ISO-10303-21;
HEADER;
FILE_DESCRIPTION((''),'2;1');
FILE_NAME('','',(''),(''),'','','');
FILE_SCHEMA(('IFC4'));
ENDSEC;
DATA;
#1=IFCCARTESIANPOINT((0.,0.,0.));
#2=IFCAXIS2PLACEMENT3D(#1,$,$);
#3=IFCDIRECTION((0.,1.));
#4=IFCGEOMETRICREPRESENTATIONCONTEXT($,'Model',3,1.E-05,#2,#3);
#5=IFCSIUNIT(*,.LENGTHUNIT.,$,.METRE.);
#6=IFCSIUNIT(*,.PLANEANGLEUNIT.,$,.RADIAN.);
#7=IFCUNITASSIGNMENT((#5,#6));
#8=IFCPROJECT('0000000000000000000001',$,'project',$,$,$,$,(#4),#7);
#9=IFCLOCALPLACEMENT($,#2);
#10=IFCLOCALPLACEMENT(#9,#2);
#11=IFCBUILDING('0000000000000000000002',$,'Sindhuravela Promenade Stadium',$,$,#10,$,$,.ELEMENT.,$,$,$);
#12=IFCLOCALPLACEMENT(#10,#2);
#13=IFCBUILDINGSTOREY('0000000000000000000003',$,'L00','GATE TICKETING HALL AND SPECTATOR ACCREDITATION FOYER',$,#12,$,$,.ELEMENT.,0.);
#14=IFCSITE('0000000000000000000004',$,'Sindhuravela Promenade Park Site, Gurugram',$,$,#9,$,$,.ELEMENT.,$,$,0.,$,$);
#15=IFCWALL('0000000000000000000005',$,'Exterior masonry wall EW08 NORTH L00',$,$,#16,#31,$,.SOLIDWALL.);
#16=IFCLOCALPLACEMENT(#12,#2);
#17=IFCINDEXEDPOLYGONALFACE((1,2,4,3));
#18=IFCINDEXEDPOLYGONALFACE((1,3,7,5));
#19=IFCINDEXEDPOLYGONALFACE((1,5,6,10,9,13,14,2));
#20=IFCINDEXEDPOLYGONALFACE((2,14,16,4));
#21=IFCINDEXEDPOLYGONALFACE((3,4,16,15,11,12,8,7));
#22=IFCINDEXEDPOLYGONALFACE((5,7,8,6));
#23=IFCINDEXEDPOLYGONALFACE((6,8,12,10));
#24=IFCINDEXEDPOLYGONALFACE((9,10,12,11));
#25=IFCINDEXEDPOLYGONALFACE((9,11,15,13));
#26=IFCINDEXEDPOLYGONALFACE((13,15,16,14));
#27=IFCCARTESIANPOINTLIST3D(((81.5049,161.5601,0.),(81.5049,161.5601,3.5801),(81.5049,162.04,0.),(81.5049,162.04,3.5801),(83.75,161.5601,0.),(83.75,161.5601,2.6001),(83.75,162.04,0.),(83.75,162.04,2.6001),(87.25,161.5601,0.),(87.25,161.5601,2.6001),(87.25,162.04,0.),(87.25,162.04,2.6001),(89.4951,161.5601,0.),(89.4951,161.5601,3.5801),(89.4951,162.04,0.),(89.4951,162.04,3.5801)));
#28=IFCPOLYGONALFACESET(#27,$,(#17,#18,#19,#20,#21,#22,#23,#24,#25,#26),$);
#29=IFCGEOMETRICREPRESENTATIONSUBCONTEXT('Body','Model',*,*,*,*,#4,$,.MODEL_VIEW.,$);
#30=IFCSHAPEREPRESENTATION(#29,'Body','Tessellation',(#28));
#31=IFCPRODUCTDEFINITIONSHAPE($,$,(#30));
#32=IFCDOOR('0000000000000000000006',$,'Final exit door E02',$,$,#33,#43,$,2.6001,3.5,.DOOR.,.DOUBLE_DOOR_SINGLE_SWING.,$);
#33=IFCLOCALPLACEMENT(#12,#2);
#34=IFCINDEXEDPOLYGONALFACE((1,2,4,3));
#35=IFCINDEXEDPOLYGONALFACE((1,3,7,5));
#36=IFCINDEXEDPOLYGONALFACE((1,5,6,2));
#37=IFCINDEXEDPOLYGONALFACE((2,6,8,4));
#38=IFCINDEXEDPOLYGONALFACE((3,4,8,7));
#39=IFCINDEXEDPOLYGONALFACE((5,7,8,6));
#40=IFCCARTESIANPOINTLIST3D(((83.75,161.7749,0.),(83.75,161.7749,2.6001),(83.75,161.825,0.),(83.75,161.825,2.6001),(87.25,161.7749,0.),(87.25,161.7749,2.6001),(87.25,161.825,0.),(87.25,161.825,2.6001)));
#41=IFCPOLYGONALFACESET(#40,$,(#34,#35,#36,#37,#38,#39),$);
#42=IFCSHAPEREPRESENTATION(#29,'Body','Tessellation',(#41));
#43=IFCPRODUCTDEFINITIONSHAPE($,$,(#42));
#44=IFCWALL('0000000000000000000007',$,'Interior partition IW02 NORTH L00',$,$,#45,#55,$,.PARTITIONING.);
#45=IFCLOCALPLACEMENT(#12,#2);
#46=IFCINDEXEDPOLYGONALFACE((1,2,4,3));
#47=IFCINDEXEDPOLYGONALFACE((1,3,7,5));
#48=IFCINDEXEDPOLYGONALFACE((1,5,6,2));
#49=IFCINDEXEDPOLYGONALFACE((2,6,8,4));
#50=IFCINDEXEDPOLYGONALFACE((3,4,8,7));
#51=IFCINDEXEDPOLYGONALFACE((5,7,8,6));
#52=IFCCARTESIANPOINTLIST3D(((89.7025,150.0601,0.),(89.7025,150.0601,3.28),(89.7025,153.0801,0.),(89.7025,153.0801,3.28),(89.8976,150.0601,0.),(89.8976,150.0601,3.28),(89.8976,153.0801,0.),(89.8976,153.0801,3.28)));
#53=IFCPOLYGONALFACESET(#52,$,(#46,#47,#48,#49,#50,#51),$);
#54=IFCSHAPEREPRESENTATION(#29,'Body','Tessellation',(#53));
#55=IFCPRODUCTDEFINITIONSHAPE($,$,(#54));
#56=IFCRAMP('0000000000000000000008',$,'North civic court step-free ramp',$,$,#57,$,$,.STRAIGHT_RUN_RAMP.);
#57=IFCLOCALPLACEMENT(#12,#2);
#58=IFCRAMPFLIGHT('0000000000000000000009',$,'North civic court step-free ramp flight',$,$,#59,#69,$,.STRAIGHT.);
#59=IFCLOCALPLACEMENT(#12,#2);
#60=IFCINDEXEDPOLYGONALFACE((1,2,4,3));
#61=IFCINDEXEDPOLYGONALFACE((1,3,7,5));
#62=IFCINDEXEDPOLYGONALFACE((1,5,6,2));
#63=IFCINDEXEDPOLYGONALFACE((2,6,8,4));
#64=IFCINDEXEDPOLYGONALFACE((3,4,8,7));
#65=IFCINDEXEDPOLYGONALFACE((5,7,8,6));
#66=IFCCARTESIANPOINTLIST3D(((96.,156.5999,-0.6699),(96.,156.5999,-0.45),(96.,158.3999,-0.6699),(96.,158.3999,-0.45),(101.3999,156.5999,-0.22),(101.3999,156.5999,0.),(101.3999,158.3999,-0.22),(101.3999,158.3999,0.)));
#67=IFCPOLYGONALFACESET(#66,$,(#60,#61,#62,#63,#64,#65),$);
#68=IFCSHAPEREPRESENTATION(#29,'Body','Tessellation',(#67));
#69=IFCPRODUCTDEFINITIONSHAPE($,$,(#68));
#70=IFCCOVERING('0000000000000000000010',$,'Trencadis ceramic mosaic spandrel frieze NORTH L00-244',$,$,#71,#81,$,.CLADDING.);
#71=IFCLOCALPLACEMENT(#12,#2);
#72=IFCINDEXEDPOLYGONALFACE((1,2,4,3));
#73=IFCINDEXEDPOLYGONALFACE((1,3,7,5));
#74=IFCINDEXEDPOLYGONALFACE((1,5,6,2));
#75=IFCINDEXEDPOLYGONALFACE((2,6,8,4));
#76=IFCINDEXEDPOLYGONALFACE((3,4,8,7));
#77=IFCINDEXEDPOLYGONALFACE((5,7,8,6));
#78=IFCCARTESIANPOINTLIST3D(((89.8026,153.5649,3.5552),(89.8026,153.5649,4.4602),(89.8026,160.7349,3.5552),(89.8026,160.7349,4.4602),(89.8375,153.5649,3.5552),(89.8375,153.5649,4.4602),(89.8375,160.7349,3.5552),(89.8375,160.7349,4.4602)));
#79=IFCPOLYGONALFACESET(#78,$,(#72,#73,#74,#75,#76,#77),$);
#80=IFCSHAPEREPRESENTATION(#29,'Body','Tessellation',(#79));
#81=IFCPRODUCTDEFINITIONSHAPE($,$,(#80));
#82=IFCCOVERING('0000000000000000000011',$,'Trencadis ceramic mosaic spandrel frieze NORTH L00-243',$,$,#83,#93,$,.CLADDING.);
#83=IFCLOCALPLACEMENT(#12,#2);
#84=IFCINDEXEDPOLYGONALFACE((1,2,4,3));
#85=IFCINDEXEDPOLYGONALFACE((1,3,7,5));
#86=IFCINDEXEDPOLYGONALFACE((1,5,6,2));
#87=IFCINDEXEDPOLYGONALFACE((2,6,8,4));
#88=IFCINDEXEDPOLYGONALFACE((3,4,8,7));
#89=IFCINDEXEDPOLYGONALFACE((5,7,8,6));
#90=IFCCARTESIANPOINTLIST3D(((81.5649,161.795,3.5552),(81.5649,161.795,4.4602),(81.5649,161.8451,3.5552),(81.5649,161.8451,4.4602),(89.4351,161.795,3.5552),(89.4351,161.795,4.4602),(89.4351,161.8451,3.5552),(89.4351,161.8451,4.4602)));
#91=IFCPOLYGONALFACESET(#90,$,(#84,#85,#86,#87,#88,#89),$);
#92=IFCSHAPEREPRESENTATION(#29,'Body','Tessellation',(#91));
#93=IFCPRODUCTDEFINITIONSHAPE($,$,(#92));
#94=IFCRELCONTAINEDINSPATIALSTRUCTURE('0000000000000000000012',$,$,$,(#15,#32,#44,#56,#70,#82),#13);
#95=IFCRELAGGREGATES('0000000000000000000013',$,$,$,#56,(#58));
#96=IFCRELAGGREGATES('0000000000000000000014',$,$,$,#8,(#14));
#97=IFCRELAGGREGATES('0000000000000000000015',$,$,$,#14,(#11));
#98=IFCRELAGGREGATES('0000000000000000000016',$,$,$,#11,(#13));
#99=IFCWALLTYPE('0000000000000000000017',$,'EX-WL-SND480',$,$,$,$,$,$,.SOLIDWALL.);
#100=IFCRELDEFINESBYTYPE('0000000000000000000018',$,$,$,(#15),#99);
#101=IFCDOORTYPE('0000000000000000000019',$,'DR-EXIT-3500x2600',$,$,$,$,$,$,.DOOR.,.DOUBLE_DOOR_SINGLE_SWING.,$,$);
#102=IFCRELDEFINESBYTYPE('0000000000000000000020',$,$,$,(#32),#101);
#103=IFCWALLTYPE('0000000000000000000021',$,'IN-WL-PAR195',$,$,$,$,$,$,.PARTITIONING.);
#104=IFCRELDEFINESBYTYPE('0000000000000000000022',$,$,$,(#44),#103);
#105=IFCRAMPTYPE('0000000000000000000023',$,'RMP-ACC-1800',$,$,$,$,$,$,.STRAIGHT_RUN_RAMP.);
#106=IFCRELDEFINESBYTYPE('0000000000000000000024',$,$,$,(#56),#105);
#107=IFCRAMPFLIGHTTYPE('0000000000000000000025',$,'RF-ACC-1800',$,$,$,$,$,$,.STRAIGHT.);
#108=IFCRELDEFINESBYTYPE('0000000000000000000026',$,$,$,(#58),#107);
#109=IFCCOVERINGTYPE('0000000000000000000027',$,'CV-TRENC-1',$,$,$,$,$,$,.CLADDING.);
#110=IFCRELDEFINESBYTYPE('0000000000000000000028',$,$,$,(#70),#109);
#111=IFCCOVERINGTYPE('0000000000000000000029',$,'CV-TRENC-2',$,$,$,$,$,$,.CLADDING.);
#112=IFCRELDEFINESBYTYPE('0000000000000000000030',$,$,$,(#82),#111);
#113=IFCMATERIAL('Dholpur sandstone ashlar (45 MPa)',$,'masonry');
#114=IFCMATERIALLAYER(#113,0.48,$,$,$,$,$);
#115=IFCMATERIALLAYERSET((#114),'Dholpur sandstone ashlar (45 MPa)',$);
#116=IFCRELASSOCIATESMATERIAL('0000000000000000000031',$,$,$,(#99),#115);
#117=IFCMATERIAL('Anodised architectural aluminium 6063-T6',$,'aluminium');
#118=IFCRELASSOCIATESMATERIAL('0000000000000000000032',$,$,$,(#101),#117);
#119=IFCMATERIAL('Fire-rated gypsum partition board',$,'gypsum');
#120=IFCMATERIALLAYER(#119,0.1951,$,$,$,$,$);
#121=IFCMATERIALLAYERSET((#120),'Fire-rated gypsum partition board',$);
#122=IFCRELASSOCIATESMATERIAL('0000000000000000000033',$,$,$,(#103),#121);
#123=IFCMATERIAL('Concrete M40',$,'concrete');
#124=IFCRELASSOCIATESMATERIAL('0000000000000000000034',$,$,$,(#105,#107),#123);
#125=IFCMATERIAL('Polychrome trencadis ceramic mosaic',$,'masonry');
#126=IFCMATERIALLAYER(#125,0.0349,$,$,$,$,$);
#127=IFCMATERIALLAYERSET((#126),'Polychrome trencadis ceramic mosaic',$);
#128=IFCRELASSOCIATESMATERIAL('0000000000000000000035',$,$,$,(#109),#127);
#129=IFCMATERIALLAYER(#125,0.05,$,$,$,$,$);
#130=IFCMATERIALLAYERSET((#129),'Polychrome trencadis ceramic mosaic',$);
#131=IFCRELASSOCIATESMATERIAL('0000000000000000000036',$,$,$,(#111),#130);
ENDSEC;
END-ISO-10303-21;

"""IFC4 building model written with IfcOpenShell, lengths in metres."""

from ifc_helpers import new_model, si_unit, direction, frame, frame_2d, origin, origin_2d, place, context, subcontext, project, spatial, polyline, rectangle, outline, extrude, material, layer, layer_set, type_object, element, fill, aggregate, save


model = new_model("IFC4")

# Units and contexts
model_context = context("Model", 3, precision=1e-05, world=origin(), true_north=direction((0.0, 1.0)))
body_context = subcontext(model_context, "Body", "Model", "MODEL_VIEW")
ifc_project = project(units=[si_unit("LENGTHUNIT", "METRE"), si_unit("PLANEANGLEUNIT", "RADIAN")], contexts=[model_context])

# Site, building, storey
site_placement = place(None, origin())
site = spatial("IfcSite", under=ifc_project, at=site_placement, Name="Sindhuravela Promenade Park Site, Gurugram", CompositionType="ELEMENT", RefElevation=0.0)
building_placement = place(site_placement, origin())
building = spatial("IfcBuilding", under=site, at=building_placement, Name="Sindhuravela Promenade Stadium", CompositionType="ELEMENT")
storey_placement = place(building_placement, origin())
storey = spatial("IfcBuildingStorey", under=building, at=storey_placement, Name="L00", Description="GATE TICKETING HALL AND SPECTATOR ACCREDITATION FOYER", CompositionType="ELEMENT", Elevation=0.0)

# Shared definitions
ifc_material_1 = material(Name="Concrete M40", Category="concrete")

# Shared definitions
ifc_material_2 = material(Name="Dholpur sandstone ashlar (45 MPa)", Category="masonry")

# Wall, opening, door
ifc_layer_1 = layer(ifc_material_2, 0.48)
ifc_layer_set_1 = layer_set([ifc_layer_1], Name="Dholpur sandstone ashlar (45 MPa)")
wall_type_1 = type_object("IfcWallType", Name="EX-WL-SND480", PredefinedType="SOLIDWALL", material=ifc_layer_set_1)
wall_1_placement = place(storey_placement, frame((81.5049, 161.8, 0.0), z_axis=(0.0, 0.0, 1.0), x_axis=(1.0, 0.0, 0.0)))
wall_1 = element("IfcWall", 1, at=wall_1_placement, inside=storey, type_object=wall_type_1, Name="Exterior masonry wall EW08 NORTH L00", PredefinedType="SOLIDWALL", context=body_context, shape_type="SweptSolid", body=[
    extrude(rectangle(XDim=7.9902, YDim=0.48, at=frame_2d((3.9951, 0.0))), origin(), (0.0, 0.0, 1.0), 3.5801),
])
opening_placement = place(wall_1_placement, frame((2.2451, 0.0, 0.0)))
opening = element("IfcOpeningElement", 2, at=opening_placement, cuts=wall_1, PredefinedType="OPENING", context=body_context, shape_type="SweptSolid", body=[
    extrude(rectangle(XDim=3.5, YDim=2.6001, at=frame_2d((1.75, 1.3))), frame((0.0, 0.25, 0.0), z_axis=(0.0, -1.0, 0.0), x_axis=(1.0, 0.0, 0.0)), (0.0, 0.0, 1.0), 0.5),
])
ifc_material_3 = material(Name="Anodised architectural aluminium 6063-T6", Category="aluminium")
door_type = type_object("IfcDoorType", Name="DR-EXIT-3500x2600", OperationType="DOUBLE_DOOR_SINGLE_SWING", PredefinedType="DOOR", material=ifc_material_3)
door_placement = place(opening_placement, origin())
door = element("IfcDoor", 3, at=door_placement, inside=storey, type_object=door_type, Name="Final exit door E02", OperationType="DOUBLE_DOOR_SINGLE_SWING", OverallHeight=2.6001, OverallWidth=3.5, PredefinedType="DOOR", context=body_context, shape_type="SweptSolid", body=[
    extrude(rectangle(XDim=3.5, YDim=2.6001, at=frame_2d((1.75, 1.3))), frame((0.0, 0.0249, 0.0), z_axis=(0.0, -1.0, 0.0), x_axis=(1.0, 0.0, 0.0)), (0.0, 0.0, 1.0), 0.05),
])
fill(opening, door)

# Wall
ifc_material_4 = material(Name="Fire-rated gypsum partition board", Category="gypsum")
ifc_layer_2 = layer(ifc_material_4, 0.1951)
ifc_layer_set_2 = layer_set([ifc_layer_2], Name="Fire-rated gypsum partition board")
wall_type_2 = type_object("IfcWallType", Name="IN-WL-PAR195", PredefinedType="PARTITIONING", material=ifc_layer_set_2)
wall_2_placement = place(storey_placement, frame((89.8, 153.0801, 0.0), z_axis=(0.0, 0.0, 1.0), x_axis=(0.0, -1.0, 0.0)))
element("IfcWall", 4, at=wall_2_placement, inside=storey, type_object=wall_type_2, Name="Interior partition IW02 NORTH L00", PredefinedType="PARTITIONING", context=body_context, shape_type="SweptSolid", body=[
    extrude(rectangle(XDim=3.02, YDim=0.1951, at=frame_2d((1.51, 0.0))), origin(), (0.0, 0.0, 1.0), 3.28),
])

# Ramp, ramp flight
ramp_type = type_object("IfcRampType", Name="RMP-ACC-1800", PredefinedType="STRAIGHT_RUN_RAMP", material=ifc_material_1)
ramp_placement = place(storey_placement, origin())
ramp = element("IfcRamp", 5, at=ramp_placement, inside=storey, type_object=ramp_type, Name="North civic court step-free ramp", PredefinedType="STRAIGHT_RUN_RAMP")
ramp_flight_type = type_object("IfcRampFlightType", Name="RF-ACC-1800", PredefinedType="STRAIGHT", material=ifc_material_1)
ramp_flight_placement = place(storey_placement, frame((96.0, 157.5, -0.45), z_axis=(0.0, 0.0, 1.0), x_axis=(1.0, 0.0, 0.0)))
ramp_flight = element("IfcRampFlight", 6, at=ramp_flight_placement, type_object=ramp_flight_type, Name="North civic court step-free ramp flight", PredefinedType="STRAIGHT", context=body_context, shape_type="SweptSolid", body=[
    extrude(outline(polyline([(0.0, 0.0), (0.0, -0.22), (5.3999, 0.23), (5.3999, 0.45), (0.0, 0.0)])), frame((0.0, 0.8999, 0.0), z_axis=(0.0, -1.0, 0.0), x_axis=(1.0, 0.0, 0.0)), (0.0, 0.0, 1.0), 1.8),
])
aggregate(ramp, [ramp_flight])

# Coverings
ifc_material_5 = material(Name="Polychrome trencadis ceramic mosaic", Category="masonry")
ifc_layer_3 = layer(ifc_material_5, 0.0349)
ifc_layer_set_3 = layer_set([ifc_layer_3], Name="Polychrome trencadis ceramic mosaic")
covering_type_1 = type_object("IfcCoveringType", Name="CV-TRENC-1", PredefinedType="CLADDING", material=ifc_layer_set_3)
covering_1_placement = place(storey_placement, frame((89.8201, 157.1499, 3.5552), z_axis=(0.0, 0.0, 1.0), x_axis=(0.0, -1.0, 0.0)))
element("IfcCovering", 7, at=covering_1_placement, inside=storey, type_object=covering_type_1, Name="Trencadis ceramic mosaic spandrel frieze NORTH L00-244", PredefinedType="CLADDING", context=body_context, shape_type="SweptSolid", body=[
    extrude(rectangle(XDim=7.1699, YDim=0.0349, at=origin_2d()), origin(), (0.0, 0.0, 1.0), 0.905),
])
ifc_layer_4 = layer(ifc_material_5, 0.05)
ifc_layer_set_4 = layer_set([ifc_layer_4], Name="Polychrome trencadis ceramic mosaic")
covering_type_2 = type_object("IfcCoveringType", Name="CV-TRENC-2", PredefinedType="CLADDING", material=ifc_layer_set_4)
covering_2_placement = place(storey_placement, frame((85.5, 161.8201, 3.5552), z_axis=(0.0, 0.0, 1.0), x_axis=(1.0, 0.0, 0.0)))
element("IfcCovering", 8, at=covering_2_placement, inside=storey, type_object=covering_type_2, Name="Trencadis ceramic mosaic spandrel frieze NORTH L00-243", PredefinedType="CLADDING", context=body_context, shape_type="SweptSolid", body=[
    extrude(rectangle(XDim=7.8701, YDim=0.05, at=origin_2d()), origin(), (0.0, 0.0, 1.0), 0.905),
])

save(model, "model.ifc")
